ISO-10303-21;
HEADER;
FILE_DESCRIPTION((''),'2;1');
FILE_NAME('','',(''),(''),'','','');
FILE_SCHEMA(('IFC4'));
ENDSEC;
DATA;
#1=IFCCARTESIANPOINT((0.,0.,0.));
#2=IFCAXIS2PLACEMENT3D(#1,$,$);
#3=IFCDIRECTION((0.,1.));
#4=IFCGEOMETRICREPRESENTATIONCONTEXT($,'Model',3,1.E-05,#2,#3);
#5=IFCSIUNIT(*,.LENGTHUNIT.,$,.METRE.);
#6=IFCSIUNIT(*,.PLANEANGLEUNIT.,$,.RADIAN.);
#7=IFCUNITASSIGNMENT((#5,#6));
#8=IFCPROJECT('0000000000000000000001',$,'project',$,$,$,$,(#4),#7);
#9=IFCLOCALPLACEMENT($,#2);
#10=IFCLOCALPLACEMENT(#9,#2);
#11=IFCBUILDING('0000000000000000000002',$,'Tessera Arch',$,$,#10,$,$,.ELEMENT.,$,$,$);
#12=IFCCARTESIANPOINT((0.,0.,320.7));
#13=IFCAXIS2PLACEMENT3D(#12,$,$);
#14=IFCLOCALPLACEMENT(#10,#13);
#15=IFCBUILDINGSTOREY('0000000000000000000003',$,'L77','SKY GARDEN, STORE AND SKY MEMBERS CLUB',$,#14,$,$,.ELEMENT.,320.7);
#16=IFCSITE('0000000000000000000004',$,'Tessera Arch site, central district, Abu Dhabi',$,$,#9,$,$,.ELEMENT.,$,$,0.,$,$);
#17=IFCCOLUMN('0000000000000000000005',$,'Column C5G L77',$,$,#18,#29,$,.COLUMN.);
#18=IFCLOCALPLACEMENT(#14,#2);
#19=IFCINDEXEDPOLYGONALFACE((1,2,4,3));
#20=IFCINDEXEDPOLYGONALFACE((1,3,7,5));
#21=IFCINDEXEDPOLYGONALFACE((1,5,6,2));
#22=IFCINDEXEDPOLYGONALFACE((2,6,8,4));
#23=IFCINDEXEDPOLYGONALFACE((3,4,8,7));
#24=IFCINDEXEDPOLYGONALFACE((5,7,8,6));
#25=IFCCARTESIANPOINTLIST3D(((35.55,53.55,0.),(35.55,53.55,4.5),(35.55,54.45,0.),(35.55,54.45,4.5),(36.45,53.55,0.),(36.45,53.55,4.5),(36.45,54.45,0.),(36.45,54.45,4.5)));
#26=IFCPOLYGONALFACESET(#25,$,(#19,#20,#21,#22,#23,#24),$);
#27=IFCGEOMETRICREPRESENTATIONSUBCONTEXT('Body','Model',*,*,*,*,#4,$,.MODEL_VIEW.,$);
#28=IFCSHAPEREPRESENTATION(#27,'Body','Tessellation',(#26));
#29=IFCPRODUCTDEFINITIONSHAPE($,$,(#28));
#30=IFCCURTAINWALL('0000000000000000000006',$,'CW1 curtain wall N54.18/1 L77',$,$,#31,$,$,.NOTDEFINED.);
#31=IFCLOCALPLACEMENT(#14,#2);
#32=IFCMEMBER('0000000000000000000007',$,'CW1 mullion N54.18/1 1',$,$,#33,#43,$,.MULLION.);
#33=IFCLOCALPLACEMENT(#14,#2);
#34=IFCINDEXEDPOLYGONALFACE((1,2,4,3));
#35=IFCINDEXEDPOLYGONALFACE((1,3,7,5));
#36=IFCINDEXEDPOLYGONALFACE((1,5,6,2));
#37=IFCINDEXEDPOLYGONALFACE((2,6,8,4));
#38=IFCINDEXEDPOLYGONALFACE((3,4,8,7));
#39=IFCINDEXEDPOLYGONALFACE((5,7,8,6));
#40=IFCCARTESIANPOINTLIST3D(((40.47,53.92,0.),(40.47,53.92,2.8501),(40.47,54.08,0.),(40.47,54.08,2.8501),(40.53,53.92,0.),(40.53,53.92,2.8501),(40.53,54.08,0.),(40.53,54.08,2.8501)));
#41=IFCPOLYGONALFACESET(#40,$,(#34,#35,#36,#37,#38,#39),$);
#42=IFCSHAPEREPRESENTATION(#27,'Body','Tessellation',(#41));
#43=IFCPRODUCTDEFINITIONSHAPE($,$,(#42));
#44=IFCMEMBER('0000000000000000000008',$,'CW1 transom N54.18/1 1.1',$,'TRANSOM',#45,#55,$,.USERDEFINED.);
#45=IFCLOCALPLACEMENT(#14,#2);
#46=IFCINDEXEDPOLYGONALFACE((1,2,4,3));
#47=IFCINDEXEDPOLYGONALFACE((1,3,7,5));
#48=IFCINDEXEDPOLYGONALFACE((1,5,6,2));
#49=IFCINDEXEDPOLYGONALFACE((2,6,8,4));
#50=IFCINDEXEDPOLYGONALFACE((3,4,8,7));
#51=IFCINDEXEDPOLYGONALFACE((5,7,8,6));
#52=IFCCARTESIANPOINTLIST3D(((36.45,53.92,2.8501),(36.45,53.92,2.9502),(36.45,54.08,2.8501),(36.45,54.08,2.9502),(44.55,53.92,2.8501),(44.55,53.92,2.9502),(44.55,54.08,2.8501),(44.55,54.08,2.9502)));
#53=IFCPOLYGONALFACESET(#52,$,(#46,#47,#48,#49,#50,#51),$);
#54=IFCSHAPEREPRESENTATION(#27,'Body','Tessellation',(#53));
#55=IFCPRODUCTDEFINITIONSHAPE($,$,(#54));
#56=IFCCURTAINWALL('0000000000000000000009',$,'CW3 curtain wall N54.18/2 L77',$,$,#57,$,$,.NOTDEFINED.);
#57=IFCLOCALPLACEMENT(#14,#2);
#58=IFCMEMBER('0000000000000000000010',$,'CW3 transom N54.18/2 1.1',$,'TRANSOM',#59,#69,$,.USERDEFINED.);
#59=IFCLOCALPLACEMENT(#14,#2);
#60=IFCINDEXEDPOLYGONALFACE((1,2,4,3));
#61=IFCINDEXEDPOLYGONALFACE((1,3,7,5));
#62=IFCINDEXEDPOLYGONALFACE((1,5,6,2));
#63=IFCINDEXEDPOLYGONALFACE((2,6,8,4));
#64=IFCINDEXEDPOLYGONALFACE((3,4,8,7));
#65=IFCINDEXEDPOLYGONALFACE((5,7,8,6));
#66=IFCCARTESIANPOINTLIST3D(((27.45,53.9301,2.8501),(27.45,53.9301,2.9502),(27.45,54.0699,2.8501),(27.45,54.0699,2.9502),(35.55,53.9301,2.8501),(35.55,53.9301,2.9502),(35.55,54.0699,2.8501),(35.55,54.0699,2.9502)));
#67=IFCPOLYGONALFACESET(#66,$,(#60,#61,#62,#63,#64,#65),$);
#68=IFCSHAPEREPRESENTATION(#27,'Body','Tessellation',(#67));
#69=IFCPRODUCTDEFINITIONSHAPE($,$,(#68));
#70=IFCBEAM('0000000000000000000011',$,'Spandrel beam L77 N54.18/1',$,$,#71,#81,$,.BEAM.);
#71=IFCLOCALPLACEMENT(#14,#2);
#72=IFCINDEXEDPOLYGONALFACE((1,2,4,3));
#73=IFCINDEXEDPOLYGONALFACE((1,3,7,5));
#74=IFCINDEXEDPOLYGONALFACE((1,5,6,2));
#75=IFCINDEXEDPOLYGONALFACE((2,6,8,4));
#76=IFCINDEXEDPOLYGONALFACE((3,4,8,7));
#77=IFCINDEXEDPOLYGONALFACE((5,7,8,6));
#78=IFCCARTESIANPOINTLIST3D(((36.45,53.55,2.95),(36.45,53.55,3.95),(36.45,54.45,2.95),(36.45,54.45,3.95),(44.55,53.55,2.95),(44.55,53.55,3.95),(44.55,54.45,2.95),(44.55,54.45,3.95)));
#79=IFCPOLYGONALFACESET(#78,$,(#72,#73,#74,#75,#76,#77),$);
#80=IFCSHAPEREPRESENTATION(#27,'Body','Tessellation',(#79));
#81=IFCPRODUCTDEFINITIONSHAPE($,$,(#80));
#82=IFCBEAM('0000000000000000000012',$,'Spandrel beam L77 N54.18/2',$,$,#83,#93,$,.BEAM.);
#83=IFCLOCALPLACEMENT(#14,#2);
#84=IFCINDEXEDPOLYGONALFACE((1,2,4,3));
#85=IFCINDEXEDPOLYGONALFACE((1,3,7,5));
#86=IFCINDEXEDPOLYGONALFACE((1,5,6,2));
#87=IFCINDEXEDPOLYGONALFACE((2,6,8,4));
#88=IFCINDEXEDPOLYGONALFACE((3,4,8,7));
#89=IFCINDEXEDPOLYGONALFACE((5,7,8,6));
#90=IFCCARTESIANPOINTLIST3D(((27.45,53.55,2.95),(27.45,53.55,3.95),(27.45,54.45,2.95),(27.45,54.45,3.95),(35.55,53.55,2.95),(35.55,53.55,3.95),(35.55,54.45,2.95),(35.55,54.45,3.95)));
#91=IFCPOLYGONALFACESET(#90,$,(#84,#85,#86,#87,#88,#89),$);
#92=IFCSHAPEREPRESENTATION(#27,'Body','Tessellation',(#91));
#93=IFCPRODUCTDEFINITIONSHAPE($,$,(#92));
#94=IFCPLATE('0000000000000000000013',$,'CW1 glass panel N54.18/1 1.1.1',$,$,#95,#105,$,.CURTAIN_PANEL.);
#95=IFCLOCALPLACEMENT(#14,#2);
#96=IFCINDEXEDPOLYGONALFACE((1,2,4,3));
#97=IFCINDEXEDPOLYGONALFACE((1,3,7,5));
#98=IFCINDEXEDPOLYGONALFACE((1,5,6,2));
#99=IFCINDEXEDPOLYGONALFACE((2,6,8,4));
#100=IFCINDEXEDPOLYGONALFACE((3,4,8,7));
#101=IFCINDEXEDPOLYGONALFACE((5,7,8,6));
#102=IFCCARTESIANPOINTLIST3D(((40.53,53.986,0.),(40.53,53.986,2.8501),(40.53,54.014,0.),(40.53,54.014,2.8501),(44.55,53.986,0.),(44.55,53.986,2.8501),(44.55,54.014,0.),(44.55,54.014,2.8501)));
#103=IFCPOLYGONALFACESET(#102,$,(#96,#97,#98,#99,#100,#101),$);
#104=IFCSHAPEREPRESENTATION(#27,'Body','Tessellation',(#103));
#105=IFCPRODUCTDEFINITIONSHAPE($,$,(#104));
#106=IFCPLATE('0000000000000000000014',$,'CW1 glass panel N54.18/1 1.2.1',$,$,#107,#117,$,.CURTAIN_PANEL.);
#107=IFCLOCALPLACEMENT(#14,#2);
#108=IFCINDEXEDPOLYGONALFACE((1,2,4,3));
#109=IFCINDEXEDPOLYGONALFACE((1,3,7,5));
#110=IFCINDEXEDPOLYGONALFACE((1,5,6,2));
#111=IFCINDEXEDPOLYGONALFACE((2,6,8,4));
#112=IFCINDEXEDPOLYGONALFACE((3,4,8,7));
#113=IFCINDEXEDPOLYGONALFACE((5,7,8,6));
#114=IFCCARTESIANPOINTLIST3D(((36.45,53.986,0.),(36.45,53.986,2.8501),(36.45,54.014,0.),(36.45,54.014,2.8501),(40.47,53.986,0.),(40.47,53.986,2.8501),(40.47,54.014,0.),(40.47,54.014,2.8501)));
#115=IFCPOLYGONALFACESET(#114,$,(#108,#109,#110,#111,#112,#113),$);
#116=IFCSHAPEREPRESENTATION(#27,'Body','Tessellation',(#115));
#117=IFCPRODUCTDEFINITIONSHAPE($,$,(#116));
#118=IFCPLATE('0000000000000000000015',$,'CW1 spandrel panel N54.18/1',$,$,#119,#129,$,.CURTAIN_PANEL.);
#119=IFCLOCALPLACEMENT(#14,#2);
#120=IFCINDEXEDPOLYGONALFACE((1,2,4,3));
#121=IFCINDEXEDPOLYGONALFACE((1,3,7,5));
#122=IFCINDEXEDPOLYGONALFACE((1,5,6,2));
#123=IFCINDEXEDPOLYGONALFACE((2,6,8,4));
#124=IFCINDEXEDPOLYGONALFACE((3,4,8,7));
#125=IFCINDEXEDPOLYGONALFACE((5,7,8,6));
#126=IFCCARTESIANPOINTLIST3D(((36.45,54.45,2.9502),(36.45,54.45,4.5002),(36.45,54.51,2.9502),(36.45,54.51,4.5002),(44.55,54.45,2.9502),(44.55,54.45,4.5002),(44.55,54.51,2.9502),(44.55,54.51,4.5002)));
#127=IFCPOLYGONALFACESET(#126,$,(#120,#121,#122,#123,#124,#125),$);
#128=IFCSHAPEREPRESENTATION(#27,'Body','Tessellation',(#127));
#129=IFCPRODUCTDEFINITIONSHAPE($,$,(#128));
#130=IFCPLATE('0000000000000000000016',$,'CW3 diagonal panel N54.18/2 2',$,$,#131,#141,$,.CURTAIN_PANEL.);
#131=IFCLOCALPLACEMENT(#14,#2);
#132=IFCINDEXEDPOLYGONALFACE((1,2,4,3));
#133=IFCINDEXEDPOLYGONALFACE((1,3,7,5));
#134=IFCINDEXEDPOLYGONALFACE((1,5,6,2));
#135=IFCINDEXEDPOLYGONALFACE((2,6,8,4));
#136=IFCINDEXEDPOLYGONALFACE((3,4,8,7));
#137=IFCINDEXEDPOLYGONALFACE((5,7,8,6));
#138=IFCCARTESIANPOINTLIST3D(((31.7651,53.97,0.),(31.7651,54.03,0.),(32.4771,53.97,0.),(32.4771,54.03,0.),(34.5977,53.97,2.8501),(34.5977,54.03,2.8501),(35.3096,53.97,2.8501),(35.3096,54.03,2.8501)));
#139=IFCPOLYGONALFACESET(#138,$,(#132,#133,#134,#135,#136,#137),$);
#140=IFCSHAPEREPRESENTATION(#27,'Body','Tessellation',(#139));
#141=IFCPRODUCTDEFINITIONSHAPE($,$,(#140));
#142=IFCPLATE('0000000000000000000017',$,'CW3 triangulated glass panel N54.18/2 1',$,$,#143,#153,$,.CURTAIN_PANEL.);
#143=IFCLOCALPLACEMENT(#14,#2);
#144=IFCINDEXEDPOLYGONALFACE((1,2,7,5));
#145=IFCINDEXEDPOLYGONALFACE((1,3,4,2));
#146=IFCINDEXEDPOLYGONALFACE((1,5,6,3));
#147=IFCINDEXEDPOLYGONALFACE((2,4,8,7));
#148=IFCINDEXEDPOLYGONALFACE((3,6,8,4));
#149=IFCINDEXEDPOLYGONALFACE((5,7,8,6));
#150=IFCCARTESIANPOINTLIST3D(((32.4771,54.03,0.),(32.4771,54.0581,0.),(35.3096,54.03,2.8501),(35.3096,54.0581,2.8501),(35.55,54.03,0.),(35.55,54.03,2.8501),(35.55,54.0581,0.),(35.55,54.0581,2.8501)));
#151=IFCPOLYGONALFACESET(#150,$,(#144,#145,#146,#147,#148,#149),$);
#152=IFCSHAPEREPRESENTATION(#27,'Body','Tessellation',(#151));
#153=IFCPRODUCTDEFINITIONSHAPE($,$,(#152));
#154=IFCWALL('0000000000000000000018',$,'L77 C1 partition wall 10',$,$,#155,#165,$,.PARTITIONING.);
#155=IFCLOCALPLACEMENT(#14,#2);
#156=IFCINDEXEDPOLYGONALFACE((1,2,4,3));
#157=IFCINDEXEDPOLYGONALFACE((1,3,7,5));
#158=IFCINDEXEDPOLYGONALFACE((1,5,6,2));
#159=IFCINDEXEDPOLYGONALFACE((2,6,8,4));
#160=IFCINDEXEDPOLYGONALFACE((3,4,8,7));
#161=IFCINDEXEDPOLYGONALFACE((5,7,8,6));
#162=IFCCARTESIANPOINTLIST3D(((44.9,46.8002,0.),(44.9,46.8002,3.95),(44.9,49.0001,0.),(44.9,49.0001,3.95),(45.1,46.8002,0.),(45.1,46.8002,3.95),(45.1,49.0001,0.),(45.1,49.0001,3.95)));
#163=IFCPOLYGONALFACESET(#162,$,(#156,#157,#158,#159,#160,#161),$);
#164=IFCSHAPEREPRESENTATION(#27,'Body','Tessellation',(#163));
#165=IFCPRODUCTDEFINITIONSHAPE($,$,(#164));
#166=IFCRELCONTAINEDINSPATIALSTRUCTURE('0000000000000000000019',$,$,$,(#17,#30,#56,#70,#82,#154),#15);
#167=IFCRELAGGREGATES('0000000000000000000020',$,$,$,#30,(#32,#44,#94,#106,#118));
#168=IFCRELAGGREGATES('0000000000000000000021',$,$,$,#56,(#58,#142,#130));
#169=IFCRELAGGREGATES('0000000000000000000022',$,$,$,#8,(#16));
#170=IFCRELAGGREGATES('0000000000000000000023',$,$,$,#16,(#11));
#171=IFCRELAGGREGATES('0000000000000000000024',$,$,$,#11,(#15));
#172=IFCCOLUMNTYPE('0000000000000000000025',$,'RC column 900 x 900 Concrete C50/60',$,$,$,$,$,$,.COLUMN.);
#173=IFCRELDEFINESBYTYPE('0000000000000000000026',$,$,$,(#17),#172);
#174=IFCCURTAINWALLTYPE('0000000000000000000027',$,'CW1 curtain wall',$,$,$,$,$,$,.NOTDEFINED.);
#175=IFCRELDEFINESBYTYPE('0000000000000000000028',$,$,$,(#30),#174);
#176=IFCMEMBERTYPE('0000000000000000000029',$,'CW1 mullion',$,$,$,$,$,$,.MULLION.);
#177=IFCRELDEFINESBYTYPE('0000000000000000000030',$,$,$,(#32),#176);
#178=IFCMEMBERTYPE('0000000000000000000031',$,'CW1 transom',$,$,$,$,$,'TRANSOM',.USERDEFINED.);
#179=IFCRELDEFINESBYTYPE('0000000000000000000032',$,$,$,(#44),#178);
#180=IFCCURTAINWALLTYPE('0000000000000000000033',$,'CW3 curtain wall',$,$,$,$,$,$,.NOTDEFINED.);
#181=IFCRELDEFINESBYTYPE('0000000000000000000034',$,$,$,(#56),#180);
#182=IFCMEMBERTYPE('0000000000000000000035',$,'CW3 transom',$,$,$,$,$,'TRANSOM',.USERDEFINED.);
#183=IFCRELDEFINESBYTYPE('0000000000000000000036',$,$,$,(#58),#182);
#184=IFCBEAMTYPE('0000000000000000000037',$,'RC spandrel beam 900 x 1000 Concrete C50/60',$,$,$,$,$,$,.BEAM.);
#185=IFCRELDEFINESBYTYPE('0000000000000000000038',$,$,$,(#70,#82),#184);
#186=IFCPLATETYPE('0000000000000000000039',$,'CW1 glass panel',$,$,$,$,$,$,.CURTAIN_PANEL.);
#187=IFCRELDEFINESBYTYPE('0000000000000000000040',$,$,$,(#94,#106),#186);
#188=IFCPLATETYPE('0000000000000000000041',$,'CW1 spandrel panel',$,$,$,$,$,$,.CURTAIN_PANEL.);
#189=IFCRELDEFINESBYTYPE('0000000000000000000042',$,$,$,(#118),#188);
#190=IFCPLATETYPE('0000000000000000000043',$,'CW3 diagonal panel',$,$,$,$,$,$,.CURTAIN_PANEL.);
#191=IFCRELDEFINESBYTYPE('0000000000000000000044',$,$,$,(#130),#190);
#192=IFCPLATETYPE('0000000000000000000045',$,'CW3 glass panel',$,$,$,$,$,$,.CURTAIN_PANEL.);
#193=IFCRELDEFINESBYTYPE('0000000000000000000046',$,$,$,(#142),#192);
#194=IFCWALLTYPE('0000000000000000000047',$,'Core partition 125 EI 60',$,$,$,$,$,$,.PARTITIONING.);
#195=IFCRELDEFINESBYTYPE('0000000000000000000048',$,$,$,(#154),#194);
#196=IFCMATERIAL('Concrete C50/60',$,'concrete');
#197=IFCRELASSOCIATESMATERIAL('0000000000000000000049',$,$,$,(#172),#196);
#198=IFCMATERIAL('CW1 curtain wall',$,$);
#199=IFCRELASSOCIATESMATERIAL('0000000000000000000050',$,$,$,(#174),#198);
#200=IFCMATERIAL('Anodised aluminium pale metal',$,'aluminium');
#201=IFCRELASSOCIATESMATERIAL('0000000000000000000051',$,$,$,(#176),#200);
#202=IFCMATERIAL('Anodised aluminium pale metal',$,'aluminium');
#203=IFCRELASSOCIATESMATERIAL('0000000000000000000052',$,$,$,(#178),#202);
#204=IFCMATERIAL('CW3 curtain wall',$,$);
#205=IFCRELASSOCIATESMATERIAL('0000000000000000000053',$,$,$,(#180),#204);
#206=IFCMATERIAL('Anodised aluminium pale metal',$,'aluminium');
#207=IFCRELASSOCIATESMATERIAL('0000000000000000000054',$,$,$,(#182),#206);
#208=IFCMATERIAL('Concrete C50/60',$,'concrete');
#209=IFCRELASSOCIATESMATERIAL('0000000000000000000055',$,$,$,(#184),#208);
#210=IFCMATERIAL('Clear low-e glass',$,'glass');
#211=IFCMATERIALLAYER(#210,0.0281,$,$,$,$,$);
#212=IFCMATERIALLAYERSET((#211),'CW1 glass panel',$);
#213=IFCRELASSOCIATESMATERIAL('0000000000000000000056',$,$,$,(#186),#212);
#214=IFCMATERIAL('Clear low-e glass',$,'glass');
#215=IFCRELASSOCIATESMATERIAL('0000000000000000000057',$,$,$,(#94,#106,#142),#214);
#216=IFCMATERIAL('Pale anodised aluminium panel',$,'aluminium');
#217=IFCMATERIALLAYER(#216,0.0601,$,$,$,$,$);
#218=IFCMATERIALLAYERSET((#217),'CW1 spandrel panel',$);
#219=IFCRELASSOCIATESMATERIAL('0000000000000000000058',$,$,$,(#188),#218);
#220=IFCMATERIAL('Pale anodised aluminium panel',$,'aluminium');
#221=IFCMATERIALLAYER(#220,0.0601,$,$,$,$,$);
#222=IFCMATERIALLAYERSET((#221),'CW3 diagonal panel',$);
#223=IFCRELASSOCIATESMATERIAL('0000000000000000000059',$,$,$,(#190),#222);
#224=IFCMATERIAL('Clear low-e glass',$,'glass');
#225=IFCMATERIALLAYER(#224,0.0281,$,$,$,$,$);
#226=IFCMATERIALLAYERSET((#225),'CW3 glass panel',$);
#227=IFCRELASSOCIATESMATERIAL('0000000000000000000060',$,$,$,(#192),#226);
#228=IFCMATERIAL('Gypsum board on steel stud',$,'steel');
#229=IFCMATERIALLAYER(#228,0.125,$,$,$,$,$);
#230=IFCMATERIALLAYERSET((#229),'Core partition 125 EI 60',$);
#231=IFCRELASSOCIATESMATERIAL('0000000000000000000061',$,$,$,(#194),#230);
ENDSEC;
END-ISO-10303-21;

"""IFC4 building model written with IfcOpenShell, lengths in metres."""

from ifc_helpers import new_model, si_unit, direction, frame, frame_2d, origin, origin_2d, place, context, subcontext, project, spatial, polyline, rectangle, outline, extrude, material, layer, layer_set, material_profile, profile_set, type_object, element, aggregate, save


model = new_model("IFC4")

# Units and contexts
model_context = context("Model", 3, precision=1e-05, world=origin(), true_north=direction((0.0, 1.0)))
body_context = subcontext(model_context, "Body", "Model", "MODEL_VIEW")
ifc_project = project(units=[si_unit("LENGTHUNIT", "METRE"), si_unit("PLANEANGLEUNIT", "RADIAN")], contexts=[model_context])

# Site, building, storey
site_placement = place(None, origin())
site = spatial("IfcSite", under=ifc_project, at=site_placement, Name="Tessera Arch site, central district, Abu Dhabi", CompositionType="ELEMENT", RefElevation=0.0)
building_placement = place(site_placement, origin())
building = spatial("IfcBuilding", under=site, at=building_placement, Name="Tessera Arch", CompositionType="ELEMENT")
storey_placement = place(building_placement, frame((0.0, 0.0, 320.7)))
storey = spatial("IfcBuildingStorey", under=building, at=storey_placement, Name="L77", Description="SKY GARDEN, STORE AND SKY MEMBERS CLUB", CompositionType="ELEMENT", Elevation=320.7)

# Column
ifc_material_1 = material(Name="Concrete C50/60", Category="concrete")
ifc_material_profile_1 = material_profile(ifc_material_1, rectangle(XDim=0.8999, YDim=0.8999, at=origin_2d()), Name="RC column 900 x 900 Concrete C50/60")
ifc_profile_set_1 = profile_set([ifc_material_profile_1], Name="Concrete C50/60")
column_type = type_object("IfcColumnType", Name="RC column 900 x 900 Concrete C50/60", PredefinedType="COLUMN", material=ifc_profile_set_1)
column_placement = place(storey_placement, frame((36.0, 54.0, 0.0), z_axis=(0.0, 0.0, 1.0), x_axis=(1.0, 0.0, 0.0)))
element("IfcColumn", 1, at=column_placement, inside=storey, type_object=column_type, Name="Column C5G L77", PredefinedType="COLUMN", context=body_context, shape_type="SweptSolid", body=[
    extrude(rectangle(XDim=0.8999, YDim=0.8999, at=origin_2d()), origin(), (0.0, 0.0, 1.0), 4.5),
])

# Curtain wall, members
ifc_material_2 = material(Name="CW1 curtain wall")
curtain_wall_type_1 = type_object("IfcCurtainWallType", Name="CW1 curtain wall", PredefinedType="NOTDEFINED", material=ifc_material_2)
curtain_wall_1_placement = place(storey_placement, origin())
curtain_wall_1 = element("IfcCurtainWall", 2, at=curtain_wall_1_placement, inside=storey, type_object=curtain_wall_type_1, Name="CW1 curtain wall N54.18/1 L77", PredefinedType="NOTDEFINED")
ifc_material_3 = material(Name="Anodised aluminium pale metal", Category="aluminium")
ifc_material_profile_2 = material_profile(ifc_material_3, rectangle(XDim=0.1599, YDim=0.0601, at=origin_2d()), Name="AL 60x160")
ifc_profile_set_2 = profile_set([ifc_material_profile_2], Name="Anodised aluminium pale metal")
member_type_1 = type_object("IfcMemberType", Name="CW1 mullion", PredefinedType="MULLION", material=ifc_profile_set_2)
member_1_placement = place(storey_placement, frame((40.5, 54.0, 0.0), z_axis=(0.0, 0.0, 1.0), x_axis=(0.0, -1.0, 0.0)))
member_1 = element("IfcMember", 3, at=member_1_placement, type_object=member_type_1, Name="CW1 mullion N54.18/1 1", PredefinedType="MULLION", context=body_context, shape_type="SweptSolid", body=[
    extrude(rectangle(XDim=0.1599, YDim=0.0601, at=origin_2d()), origin(), (0.0, 0.0, 1.0), 2.8501),
])
ifc_material_4 = material(Name="Anodised aluminium pale metal", Category="aluminium")
ifc_material_profile_3 = material_profile(ifc_material_4, rectangle(XDim=0.1599, YDim=0.1001, at=origin_2d()), Name="AL 160x100")
ifc_profile_set_3 = profile_set([ifc_material_profile_3], Name="Anodised aluminium pale metal")
member_type_2 = type_object("IfcMemberType", Name="CW1 transom", ElementType="TRANSOM", PredefinedType="USERDEFINED", material=ifc_profile_set_3)
member_2_placement = place(storey_placement, frame((44.55, 54.0, 2.9001), z_axis=(-1.0, 0.0, 0.0), x_axis=(0.0, -1.0, 0.0)))
member_2 = element("IfcMember", 4, at=member_2_placement, type_object=member_type_2, Name="CW1 transom N54.18/1 1.1", ObjectType="TRANSOM", PredefinedType="USERDEFINED", context=body_context, shape_type="SweptSolid", body=[
    extrude(rectangle(XDim=0.1599, YDim=0.1001, at=origin_2d()), origin(), (0.0, 0.0, 1.0), 8.1001),
])

# Curtain wall, member
ifc_material_5 = material(Name="CW3 curtain wall")
curtain_wall_type_2 = type_object("IfcCurtainWallType", Name="CW3 curtain wall", PredefinedType="NOTDEFINED", material=ifc_material_5)
curtain_wall_2_placement = place(storey_placement, origin())
curtain_wall_2 = element("IfcCurtainWall", 5, at=curtain_wall_2_placement, inside=storey, type_object=curtain_wall_type_2, Name="CW3 curtain wall N54.18/2 L77", PredefinedType="NOTDEFINED")
ifc_material_6 = material(Name="Anodised aluminium pale metal", Category="aluminium")
ifc_material_profile_4 = material_profile(ifc_material_6, rectangle(XDim=0.1399, YDim=0.1001, at=origin_2d()), Name="AL 140x100")
ifc_profile_set_4 = profile_set([ifc_material_profile_4], Name="Anodised aluminium pale metal")
member_type_3 = type_object("IfcMemberType", Name="CW3 transom", ElementType="TRANSOM", PredefinedType="USERDEFINED", material=ifc_profile_set_4)
member_3_placement = place(storey_placement, frame((35.55, 54.0, 2.9001), z_axis=(-1.0, 0.0, 0.0), x_axis=(0.0, -1.0, 0.0)))
member_3 = element("IfcMember", 6, at=member_3_placement, type_object=member_type_3, Name="CW3 transom N54.18/2 1.1", ObjectType="TRANSOM", PredefinedType="USERDEFINED", context=body_context, shape_type="SweptSolid", body=[
    extrude(rectangle(XDim=0.1399, YDim=0.1001, at=origin_2d()), origin(), (0.0, 0.0, 1.0), 8.1001),
])

# Beams
ifc_material_7 = material(Name="Concrete C50/60", Category="concrete")
ifc_material_profile_5 = material_profile(ifc_material_7, rectangle(XDim=0.8999, YDim=1.0, at=origin_2d()), Name="RC spandrel beam 900 x 1000 Concrete C50/60")
ifc_profile_set_5 = profile_set([ifc_material_profile_5], Name="Concrete C50/60")
beam_type = type_object("IfcBeamType", Name="RC spandrel beam 900 x 1000 Concrete C50/60", PredefinedType="BEAM", material=ifc_profile_set_5)
for number, where, z_axis, x_axis, name in (
    (7, (44.55, 54.0, 3.45), (-1.0, 0.0, 0.0), (0.0, -1.0, 0.0), "Spandrel beam L77 N54.18/1"),
    (8, (35.55, 54.0, 3.45), (-1.0, 0.0, 0.0), (0.0, -1.0, 0.0), "Spandrel beam L77 N54.18/2"),
):
    element("IfcBeam", number, at=place(storey_placement, frame(where, z_axis=z_axis, x_axis=x_axis)), inside=storey, type_object=beam_type, Name=name, PredefinedType="BEAM", context=body_context, shape_type="SweptSolid", body=[
        extrude(rectangle(XDim=0.8999, YDim=1.0, at=origin_2d()), origin(), (0.0, 0.0, 1.0), 8.1001),
    ])

# Plates
ifc_material_8 = material(Name="Clear low-e glass", Category="glass")
ifc_material_9 = material(Name="Clear low-e glass", Category="glass")
ifc_layer_1 = layer(ifc_material_9, 0.0281)
ifc_layer_set_1 = layer_set([ifc_layer_1], Name="CW1 glass panel")
plate_type_1 = type_object("IfcPlateType", Name="CW1 glass panel", PredefinedType="CURTAIN_PANEL", material=ifc_layer_set_1)
plate_1_placement = place(storey_placement, frame((42.54, 54.0, 0.0), z_axis=(0.0, 0.0, 1.0), x_axis=(-1.0, 0.0, 0.0)))
plate_1 = element("IfcPlate", 9, at=plate_1_placement, type_object=plate_type_1, material=ifc_material_8, Name="CW1 glass panel N54.18/1 1.1.1", PredefinedType="CURTAIN_PANEL", context=body_context, shape_type="SweptSolid", body=[
    extrude(rectangle(XDim=4.02, YDim=0.0281, at=origin_2d()), origin(), (0.0, 0.0, 1.0), 2.8501),
])
plate_2_placement = place(storey_placement, frame((38.46, 54.0, 0.0), z_axis=(0.0, 0.0, 1.0), x_axis=(-1.0, 0.0, 0.0)))
plate_2 = element("IfcPlate", 10, at=plate_2_placement, type_object=plate_type_1, material=ifc_material_8, Name="CW1 glass panel N54.18/1 1.2.1", PredefinedType="CURTAIN_PANEL", context=body_context, shape_type="SweptSolid", body=[
    extrude(rectangle(XDim=4.02, YDim=0.0281, at=origin_2d()), origin(), (0.0, 0.0, 1.0), 2.8501),
])
ifc_material_10 = material(Name="Pale anodised aluminium panel", Category="aluminium")
ifc_layer_2 = layer(ifc_material_10, 0.0601)
ifc_layer_set_2 = layer_set([ifc_layer_2], Name="CW1 spandrel panel")
plate_type_2 = type_object("IfcPlateType", Name="CW1 spandrel panel", PredefinedType="CURTAIN_PANEL", material=ifc_layer_set_2)
plate_3_placement = place(storey_placement, frame((40.5, 54.48, 2.9502), z_axis=(0.0, 0.0, 1.0), x_axis=(-1.0, 0.0, 0.0)))
plate_3 = element("IfcPlate", 11, at=plate_3_placement, type_object=plate_type_2, Name="CW1 spandrel panel N54.18/1", PredefinedType="CURTAIN_PANEL", context=body_context, shape_type="SweptSolid", body=[
    extrude(rectangle(XDim=8.1001, YDim=0.0601, at=origin_2d()), origin(), (0.0, 0.0, 1.0), 1.55),
])
aggregate(curtain_wall_1, [member_1, member_2, plate_1, plate_2, plate_3])
ifc_material_11 = material(Name="Pale anodised aluminium panel", Category="aluminium")
ifc_layer_3 = layer(ifc_material_11, 0.0601)
ifc_layer_set_3 = layer_set([ifc_layer_3], Name="CW3 diagonal panel")
plate_type_3 = type_object("IfcPlateType", Name="CW3 diagonal panel", PredefinedType="CURTAIN_PANEL", material=ifc_layer_set_3)
plate_4_placement = place(storey_placement, frame((34.5977, 54.03, 2.8501), z_axis=(0.0, 1.0, 0.0), x_axis=(1.0, 0.0, 0.0)))
plate_4 = element("IfcPlate", 12, at=plate_4_placement, type_object=plate_type_3, Name="CW3 diagonal panel N54.18/2 2", PredefinedType="CURTAIN_PANEL", context=body_context, shape_type="SweptSolid", body=[
    extrude(outline(polyline([(0.0, 0.0), (0.7119, 0.0), (-2.1206, 2.8501), (-2.8325, 2.8501), (0.0, 0.0)])), origin(), (0.0, 0.0, -1.0), 0.0601),
])
ifc_material_12 = material(Name="Clear low-e glass", Category="glass")
ifc_layer_4 = layer(ifc_material_12, 0.0281)
ifc_layer_set_4 = layer_set([ifc_layer_4], Name="CW3 glass panel")
plate_type_4 = type_object("IfcPlateType", Name="CW3 glass panel", PredefinedType="CURTAIN_PANEL", material=ifc_layer_set_4)
plate_5_placement = place(storey_placement, frame((35.55, 54.0581, 0.0), z_axis=(0.0, 1.0, 0.0), x_axis=(-1.0, 0.0, 0.0)))
plate_5 = element("IfcPlate", 13, at=plate_5_placement, type_object=plate_type_4, material=ifc_material_8, Name="CW3 triangulated glass panel N54.18/2 1", PredefinedType="CURTAIN_PANEL", context=body_context, shape_type="SweptSolid", body=[
    extrude(outline(polyline([(0.0, 0.0), (3.073, 0.0), (0.2405, 2.8501), (0.0, 2.8501), (0.0, 0.0)])), origin(), (0.0, 0.0, -1.0), 0.0281),
])
aggregate(curtain_wall_2, [member_3, plate_5, plate_4])

# Wall
ifc_material_13 = material(Name="Gypsum board on steel stud", Category="steel")
ifc_layer_5 = layer(ifc_material_13, 0.125)
ifc_layer_set_5 = layer_set([ifc_layer_5], Name="Core partition 125 EI 60")
wall_type_1 = type_object("IfcWallType", Name="Core partition 125 EI 60", PredefinedType="PARTITIONING", material=ifc_layer_set_5)
wall_1_placement = place(storey_placement, frame((45.0, 46.8, 0.0), z_axis=(0.0, 0.0, 1.0), x_axis=(0.0, 1.0, 0.0)))
element("IfcWall", 14, at=wall_1_placement, inside=storey, type_object=wall_type_1, Name="L77 C1 partition wall 10", PredefinedType="PARTITIONING", context=body_context, shape_type="SweptSolid", body=[
    extrude(rectangle(XDim=2.2, YDim=0.2, at=frame_2d((1.1001, 0.0))), origin(), (0.0, 0.0, 1.0), 3.95),
])

save(model, "model.ifc")
